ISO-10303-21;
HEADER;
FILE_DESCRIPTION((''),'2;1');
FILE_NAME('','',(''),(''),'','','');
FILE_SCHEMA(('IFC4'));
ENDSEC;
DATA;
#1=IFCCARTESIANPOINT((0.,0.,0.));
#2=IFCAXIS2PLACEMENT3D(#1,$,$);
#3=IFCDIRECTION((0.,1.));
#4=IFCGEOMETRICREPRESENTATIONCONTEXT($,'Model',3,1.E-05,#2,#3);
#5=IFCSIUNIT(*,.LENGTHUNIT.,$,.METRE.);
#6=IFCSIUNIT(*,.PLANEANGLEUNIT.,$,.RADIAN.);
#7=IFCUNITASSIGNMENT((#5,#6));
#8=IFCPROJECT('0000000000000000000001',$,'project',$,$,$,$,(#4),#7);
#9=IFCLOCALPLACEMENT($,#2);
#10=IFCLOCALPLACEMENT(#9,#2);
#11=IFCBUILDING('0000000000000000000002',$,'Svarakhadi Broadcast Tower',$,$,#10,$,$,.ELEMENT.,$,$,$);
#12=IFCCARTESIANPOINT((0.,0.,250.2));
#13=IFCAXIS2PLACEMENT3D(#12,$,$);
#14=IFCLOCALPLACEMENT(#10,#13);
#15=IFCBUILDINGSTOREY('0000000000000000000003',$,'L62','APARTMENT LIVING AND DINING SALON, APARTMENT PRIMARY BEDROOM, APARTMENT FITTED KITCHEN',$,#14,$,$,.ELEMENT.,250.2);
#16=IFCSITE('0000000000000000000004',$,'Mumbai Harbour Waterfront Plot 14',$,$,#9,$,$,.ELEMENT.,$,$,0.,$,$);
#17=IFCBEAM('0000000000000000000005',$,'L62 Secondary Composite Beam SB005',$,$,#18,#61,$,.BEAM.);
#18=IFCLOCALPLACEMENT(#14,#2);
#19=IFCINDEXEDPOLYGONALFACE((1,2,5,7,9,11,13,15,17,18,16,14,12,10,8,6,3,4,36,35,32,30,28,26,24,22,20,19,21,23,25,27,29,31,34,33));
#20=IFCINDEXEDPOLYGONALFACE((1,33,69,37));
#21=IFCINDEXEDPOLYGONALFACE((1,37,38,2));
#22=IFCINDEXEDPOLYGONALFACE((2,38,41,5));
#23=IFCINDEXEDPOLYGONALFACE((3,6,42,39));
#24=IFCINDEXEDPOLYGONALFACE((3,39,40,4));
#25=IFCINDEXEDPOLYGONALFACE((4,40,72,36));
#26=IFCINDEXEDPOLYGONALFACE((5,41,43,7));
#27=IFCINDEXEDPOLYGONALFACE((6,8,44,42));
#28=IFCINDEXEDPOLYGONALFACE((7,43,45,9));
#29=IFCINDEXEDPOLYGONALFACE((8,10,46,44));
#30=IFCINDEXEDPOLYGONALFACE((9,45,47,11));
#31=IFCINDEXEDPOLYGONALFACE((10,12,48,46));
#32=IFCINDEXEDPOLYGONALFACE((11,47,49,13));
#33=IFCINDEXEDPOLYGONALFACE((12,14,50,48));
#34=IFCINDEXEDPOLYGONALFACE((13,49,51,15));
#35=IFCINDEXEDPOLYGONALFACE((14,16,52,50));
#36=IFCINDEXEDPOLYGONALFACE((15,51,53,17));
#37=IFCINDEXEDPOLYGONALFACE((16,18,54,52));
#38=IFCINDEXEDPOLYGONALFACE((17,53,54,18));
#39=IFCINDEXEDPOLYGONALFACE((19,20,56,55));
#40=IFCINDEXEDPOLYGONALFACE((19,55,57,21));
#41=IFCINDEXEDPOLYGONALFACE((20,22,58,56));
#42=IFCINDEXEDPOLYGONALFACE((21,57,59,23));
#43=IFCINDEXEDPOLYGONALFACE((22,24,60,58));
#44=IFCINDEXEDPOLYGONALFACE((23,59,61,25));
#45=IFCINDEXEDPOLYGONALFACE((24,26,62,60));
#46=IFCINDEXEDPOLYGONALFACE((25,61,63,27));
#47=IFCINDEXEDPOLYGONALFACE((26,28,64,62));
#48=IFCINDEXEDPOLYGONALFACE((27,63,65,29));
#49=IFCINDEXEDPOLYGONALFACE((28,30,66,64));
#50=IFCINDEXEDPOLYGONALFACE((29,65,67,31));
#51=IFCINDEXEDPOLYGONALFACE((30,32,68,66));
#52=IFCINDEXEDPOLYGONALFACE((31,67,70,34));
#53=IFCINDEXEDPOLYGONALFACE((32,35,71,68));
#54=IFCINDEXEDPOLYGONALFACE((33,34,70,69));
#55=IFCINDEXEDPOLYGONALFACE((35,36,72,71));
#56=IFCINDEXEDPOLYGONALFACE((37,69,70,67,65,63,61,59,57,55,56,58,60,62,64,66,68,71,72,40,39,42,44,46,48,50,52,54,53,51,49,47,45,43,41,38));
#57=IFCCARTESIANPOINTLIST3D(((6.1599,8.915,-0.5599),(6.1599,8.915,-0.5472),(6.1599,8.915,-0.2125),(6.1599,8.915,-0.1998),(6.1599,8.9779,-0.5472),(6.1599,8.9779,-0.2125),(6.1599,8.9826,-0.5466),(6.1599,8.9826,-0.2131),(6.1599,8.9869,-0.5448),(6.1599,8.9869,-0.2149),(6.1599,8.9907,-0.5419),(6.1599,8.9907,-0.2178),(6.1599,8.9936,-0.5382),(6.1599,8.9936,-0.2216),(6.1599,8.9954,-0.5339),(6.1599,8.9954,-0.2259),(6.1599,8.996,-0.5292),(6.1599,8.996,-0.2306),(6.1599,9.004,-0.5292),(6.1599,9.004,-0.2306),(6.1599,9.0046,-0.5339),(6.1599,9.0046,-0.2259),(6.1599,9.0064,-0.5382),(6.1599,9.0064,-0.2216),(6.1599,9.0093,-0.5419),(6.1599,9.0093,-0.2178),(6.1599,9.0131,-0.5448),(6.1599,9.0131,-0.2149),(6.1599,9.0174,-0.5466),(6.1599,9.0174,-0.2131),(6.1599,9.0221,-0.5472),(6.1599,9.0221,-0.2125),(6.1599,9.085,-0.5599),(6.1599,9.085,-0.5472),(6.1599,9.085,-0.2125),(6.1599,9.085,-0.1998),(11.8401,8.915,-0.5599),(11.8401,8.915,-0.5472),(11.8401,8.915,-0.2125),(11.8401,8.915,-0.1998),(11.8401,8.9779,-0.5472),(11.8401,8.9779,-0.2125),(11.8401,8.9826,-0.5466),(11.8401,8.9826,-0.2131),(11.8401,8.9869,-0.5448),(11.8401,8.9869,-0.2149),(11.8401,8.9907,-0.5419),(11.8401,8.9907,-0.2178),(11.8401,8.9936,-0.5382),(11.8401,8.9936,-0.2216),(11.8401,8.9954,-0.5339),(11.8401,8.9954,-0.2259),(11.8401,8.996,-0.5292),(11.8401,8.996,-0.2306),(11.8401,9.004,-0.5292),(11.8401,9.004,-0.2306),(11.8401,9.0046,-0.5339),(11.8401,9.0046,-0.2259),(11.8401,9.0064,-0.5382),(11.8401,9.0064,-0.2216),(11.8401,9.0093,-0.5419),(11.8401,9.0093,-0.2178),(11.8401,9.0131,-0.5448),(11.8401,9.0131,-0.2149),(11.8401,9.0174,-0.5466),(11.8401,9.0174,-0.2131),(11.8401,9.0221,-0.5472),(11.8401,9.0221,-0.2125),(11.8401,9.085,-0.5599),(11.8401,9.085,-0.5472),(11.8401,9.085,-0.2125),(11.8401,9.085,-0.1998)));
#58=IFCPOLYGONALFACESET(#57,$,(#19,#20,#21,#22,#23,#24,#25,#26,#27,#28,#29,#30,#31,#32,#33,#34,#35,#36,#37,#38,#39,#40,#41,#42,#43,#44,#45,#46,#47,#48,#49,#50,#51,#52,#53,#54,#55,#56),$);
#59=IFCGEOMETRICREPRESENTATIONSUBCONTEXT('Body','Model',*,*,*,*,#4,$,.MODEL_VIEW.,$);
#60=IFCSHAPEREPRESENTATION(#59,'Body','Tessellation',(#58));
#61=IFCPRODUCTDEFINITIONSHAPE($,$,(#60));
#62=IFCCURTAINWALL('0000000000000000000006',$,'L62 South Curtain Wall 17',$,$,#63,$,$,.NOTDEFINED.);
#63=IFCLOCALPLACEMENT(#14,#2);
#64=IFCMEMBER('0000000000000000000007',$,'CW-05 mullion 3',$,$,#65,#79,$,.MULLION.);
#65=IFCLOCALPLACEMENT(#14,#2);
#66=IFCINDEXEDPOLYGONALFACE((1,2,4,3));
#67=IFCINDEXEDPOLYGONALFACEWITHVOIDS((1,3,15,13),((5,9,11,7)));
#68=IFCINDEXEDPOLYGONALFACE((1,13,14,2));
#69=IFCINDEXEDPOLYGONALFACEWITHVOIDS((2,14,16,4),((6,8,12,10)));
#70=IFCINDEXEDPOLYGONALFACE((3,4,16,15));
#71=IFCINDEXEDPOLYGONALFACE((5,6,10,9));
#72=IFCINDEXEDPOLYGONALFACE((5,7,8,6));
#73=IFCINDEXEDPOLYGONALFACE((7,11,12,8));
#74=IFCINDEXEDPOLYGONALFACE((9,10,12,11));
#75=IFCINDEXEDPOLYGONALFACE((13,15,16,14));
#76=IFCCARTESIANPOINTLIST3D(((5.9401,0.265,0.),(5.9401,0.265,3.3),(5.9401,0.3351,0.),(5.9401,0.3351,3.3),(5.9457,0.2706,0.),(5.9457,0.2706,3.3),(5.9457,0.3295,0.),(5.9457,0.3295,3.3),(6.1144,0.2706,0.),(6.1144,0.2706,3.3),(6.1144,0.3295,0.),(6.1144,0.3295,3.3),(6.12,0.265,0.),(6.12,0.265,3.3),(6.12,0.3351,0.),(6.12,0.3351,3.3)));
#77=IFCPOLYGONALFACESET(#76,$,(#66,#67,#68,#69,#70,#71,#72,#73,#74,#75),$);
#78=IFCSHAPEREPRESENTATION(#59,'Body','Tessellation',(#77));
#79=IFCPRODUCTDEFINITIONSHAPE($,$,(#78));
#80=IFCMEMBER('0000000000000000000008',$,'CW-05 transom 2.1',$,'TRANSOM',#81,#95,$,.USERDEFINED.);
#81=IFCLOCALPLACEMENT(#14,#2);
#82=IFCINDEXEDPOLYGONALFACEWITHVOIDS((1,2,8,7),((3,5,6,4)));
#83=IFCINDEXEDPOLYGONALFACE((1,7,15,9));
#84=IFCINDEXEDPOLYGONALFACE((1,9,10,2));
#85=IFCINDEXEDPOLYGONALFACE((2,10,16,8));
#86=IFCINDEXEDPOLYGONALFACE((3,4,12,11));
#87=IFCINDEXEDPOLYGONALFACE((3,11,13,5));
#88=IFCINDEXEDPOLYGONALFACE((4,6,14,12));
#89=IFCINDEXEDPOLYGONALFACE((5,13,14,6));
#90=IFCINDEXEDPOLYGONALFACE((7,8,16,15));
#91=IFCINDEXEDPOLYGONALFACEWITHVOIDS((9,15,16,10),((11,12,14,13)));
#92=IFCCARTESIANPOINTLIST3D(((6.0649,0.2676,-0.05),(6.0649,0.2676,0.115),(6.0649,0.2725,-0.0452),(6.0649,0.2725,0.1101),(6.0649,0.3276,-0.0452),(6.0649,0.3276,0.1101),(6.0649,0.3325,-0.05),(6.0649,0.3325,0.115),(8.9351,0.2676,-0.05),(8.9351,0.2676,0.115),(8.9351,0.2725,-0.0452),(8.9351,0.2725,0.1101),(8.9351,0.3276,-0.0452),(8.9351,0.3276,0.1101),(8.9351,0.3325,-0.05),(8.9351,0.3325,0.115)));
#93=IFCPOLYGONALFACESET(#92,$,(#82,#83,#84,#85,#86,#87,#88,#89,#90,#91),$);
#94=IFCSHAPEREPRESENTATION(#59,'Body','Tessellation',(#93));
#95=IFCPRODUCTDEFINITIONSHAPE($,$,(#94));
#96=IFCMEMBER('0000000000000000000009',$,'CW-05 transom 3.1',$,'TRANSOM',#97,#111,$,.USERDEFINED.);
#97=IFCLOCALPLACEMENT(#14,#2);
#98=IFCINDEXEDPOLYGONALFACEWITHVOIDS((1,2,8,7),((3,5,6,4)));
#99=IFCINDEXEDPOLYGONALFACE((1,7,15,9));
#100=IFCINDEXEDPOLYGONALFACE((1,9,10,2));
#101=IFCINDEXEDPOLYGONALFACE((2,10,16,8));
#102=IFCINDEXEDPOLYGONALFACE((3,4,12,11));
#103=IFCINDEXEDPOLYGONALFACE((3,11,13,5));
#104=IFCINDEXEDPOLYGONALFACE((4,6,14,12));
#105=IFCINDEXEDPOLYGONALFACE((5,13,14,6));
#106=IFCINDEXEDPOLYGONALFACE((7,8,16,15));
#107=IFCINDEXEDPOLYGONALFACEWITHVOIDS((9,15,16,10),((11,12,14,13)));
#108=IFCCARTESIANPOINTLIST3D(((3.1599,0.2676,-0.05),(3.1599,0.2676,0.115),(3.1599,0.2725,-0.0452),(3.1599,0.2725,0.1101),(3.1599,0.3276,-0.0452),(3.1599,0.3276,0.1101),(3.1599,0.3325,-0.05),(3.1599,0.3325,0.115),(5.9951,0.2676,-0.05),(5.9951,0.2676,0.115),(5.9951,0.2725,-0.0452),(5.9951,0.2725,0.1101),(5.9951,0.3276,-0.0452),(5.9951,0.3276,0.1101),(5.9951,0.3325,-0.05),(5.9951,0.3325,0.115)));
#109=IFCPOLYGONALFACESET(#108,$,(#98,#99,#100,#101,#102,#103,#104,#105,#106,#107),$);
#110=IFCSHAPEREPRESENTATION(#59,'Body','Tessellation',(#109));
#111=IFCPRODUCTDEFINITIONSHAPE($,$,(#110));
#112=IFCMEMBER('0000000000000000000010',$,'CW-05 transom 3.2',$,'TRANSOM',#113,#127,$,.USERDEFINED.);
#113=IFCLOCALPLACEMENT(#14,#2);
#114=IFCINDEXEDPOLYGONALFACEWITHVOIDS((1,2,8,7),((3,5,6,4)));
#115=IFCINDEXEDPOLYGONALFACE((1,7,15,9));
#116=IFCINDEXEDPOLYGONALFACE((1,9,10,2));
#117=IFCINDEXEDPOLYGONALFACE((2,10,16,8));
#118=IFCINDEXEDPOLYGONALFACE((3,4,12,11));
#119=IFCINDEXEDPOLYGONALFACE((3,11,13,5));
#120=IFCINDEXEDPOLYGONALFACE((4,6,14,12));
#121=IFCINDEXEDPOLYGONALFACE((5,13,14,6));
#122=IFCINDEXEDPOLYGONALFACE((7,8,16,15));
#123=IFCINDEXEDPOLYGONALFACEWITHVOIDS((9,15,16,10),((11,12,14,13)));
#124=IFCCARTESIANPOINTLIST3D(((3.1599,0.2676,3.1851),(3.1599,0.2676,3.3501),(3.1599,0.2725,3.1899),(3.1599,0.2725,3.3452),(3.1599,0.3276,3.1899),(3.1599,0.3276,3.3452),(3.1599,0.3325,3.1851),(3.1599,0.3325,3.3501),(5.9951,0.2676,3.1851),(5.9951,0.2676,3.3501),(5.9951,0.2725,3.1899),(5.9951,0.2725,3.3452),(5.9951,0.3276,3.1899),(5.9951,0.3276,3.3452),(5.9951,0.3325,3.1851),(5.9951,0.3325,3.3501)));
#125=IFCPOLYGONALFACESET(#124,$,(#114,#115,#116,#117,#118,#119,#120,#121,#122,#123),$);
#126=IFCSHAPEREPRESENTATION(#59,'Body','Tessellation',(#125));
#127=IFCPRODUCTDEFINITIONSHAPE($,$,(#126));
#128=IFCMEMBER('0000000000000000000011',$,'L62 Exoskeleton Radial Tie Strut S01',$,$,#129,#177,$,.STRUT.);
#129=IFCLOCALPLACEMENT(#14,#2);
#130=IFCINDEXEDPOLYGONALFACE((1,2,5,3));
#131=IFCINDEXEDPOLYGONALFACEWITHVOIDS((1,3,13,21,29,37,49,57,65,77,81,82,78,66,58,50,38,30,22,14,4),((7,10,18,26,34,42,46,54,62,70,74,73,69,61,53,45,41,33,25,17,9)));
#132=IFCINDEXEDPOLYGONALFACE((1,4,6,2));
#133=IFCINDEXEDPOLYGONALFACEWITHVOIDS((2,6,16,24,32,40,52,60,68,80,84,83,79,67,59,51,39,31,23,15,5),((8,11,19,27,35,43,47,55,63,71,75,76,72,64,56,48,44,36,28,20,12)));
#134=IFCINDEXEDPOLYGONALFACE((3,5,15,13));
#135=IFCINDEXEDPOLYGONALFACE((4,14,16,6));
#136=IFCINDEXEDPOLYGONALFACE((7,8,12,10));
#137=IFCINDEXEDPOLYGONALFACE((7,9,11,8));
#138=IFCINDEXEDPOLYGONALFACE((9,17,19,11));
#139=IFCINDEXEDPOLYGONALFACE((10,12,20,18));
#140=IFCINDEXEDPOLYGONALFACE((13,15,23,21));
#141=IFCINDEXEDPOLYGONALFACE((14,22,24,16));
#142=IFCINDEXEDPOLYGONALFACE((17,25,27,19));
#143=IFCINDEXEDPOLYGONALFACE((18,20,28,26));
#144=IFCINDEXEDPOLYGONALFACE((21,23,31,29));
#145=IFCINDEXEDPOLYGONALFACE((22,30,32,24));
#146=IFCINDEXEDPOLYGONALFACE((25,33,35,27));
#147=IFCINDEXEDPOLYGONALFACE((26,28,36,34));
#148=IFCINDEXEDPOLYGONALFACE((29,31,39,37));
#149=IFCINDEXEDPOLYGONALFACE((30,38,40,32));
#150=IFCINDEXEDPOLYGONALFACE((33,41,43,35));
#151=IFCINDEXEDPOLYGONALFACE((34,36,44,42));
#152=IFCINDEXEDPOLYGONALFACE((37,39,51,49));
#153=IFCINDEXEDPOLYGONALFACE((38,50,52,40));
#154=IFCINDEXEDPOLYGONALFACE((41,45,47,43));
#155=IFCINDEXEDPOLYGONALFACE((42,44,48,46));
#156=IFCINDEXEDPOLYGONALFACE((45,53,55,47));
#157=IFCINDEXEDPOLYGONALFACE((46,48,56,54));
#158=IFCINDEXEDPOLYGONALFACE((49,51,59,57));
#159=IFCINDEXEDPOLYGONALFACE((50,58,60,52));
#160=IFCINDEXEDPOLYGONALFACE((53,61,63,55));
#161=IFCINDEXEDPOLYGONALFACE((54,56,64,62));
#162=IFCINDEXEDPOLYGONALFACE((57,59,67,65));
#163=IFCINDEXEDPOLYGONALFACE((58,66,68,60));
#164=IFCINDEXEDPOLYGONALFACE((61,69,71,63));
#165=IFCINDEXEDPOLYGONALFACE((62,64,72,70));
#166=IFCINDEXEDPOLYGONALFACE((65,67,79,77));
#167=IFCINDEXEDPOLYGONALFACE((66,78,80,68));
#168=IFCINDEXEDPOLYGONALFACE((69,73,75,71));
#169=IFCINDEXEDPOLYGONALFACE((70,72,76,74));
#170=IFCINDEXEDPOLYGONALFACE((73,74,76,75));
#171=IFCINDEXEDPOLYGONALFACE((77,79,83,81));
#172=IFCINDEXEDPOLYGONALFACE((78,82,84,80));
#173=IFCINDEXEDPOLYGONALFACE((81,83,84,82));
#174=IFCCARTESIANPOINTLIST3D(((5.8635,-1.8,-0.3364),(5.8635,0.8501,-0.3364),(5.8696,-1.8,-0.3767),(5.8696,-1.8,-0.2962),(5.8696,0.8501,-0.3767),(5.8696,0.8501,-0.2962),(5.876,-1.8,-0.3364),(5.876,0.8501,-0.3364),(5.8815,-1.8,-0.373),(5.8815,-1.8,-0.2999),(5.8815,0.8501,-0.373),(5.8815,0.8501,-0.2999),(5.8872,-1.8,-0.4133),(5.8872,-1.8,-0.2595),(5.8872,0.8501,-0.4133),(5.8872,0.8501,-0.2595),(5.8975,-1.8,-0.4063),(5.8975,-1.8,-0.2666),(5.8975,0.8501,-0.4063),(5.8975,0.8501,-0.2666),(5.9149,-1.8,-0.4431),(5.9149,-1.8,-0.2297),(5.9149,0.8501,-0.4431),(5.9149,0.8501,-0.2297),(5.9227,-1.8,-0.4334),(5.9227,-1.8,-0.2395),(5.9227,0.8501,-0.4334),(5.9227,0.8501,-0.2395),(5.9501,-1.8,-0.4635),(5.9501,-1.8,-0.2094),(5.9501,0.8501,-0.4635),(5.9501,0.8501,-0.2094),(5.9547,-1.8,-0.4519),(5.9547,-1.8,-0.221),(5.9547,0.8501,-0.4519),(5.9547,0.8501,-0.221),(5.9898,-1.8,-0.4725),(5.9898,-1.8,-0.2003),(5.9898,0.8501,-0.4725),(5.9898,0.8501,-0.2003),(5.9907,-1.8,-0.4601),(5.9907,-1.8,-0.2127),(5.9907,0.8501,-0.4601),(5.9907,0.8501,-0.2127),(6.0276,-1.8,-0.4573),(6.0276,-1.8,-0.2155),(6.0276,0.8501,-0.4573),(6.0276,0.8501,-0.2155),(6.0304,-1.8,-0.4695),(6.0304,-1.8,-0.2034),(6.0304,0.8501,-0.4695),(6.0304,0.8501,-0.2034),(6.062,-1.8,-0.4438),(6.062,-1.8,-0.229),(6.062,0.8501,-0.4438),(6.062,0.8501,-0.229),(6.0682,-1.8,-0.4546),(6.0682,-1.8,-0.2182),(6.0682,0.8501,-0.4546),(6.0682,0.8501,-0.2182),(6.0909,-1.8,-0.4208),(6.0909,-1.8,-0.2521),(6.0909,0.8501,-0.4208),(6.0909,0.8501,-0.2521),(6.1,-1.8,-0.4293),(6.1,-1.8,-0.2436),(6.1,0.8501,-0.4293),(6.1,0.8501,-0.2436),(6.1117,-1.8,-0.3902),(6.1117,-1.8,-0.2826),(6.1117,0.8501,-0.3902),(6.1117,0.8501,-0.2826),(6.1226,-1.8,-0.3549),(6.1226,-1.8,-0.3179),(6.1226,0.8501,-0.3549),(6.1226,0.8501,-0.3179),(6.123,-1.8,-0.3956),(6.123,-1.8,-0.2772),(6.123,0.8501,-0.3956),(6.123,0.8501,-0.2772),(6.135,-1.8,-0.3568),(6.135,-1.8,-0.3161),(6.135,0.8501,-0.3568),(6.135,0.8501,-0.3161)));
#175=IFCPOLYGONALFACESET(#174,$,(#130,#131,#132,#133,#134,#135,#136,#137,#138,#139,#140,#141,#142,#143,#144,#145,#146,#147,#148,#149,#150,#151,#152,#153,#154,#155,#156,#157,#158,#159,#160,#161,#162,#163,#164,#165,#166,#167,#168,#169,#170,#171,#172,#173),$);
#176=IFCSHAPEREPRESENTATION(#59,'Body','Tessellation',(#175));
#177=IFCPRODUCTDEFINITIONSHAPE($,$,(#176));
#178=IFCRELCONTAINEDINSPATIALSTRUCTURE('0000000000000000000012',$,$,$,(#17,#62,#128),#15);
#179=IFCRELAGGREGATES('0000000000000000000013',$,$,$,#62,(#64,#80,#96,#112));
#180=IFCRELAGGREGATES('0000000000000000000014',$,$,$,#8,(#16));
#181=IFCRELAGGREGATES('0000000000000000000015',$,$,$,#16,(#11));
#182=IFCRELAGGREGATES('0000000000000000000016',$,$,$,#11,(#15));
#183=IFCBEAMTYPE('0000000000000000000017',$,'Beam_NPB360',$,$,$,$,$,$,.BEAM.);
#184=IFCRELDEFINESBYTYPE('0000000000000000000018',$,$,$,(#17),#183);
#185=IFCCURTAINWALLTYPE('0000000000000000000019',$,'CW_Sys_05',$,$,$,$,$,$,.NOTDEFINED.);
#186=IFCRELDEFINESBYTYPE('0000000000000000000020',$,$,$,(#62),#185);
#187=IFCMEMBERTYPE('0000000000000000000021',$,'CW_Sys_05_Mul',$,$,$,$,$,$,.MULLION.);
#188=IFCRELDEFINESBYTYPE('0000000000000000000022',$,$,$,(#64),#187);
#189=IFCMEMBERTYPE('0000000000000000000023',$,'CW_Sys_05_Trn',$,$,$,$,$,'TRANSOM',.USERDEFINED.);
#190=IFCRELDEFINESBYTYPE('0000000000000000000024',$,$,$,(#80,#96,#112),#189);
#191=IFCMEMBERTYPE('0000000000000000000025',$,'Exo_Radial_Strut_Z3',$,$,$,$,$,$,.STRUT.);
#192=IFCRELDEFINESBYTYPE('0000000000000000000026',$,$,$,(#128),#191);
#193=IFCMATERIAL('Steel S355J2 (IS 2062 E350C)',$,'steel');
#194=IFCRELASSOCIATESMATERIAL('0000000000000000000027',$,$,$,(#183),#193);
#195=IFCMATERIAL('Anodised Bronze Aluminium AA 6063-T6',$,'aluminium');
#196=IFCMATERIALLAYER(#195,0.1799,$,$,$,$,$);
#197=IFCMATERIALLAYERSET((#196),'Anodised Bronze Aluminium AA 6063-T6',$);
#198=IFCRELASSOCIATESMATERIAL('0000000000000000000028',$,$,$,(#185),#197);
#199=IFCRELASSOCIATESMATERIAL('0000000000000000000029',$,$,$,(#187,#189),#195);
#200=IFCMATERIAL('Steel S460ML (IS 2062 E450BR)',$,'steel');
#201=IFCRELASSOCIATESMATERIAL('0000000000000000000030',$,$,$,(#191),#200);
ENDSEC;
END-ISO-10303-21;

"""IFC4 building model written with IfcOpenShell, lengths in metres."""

from ifc_helpers import new_model, si_unit, direction, frame, origin, origin_2d, place, context, subcontext, project, spatial, hollow_rectangle, hollow_circle, i_section, extrude, material, layer, layer_set, material_profile, profile_set, type_object, element, aggregate, save


model = new_model("IFC4")

# Units and contexts
model_context = context("Model", 3, precision=1e-05, world=origin(), true_north=direction((0.0, 1.0)))
body_context = subcontext(model_context, "Body", "Model", "MODEL_VIEW")
ifc_project = project(units=[si_unit("LENGTHUNIT", "METRE"), si_unit("PLANEANGLEUNIT", "RADIAN")], contexts=[model_context])

# Site, building, storey
site_placement = place(None, origin())
site = spatial("IfcSite", under=ifc_project, at=site_placement, Name="Mumbai Harbour Waterfront Plot 14", CompositionType="ELEMENT", RefElevation=0.0)
building_placement = place(site_placement, origin())
building = spatial("IfcBuilding", under=site, at=building_placement, Name="Svarakhadi Broadcast Tower", CompositionType="ELEMENT")
storey_placement = place(building_placement, frame((0.0, 0.0, 250.2)))
storey = spatial("IfcBuildingStorey", under=building, at=storey_placement, Name="L62", Description="APARTMENT LIVING AND DINING SALON, APARTMENT PRIMARY BEDROOM, APARTMENT FITTED KITCHEN", CompositionType="ELEMENT", Elevation=250.2)

# Shared definitions
ifc_material_1 = material(Name="Steel S460ML (IS 2062 E450BR)", Category="steel")

# Beam
ifc_material_2 = material(Name="Steel S355J2 (IS 2062 E350C)", Category="steel")
ifc_material_profile_1 = material_profile(ifc_material_2, i_section(OverallWidth=0.1699, OverallDepth=0.3601, WebThickness=0.0081, FlangeThickness=0.0127, FilletRadius=0.0181, at=origin_2d()), Name="NPB 360x170x57")
ifc_profile_set_1 = profile_set([ifc_material_profile_1], Name="Steel S355J2 (IS 2062 E350C)")
beam_type_1 = type_object("IfcBeamType", Name="Beam_NPB360", PredefinedType="BEAM", material=ifc_profile_set_1)
for number, where, z_axis, x_axis, name in (
    (1, (6.1599, 9.0, -0.3799), (1.0, 0.0, 0.0), (0.0, 1.0, 0.0), "L62 Secondary Composite Beam SB005"),
):
    element("IfcBeam", number, at=place(storey_placement, frame(where, z_axis=z_axis, x_axis=x_axis)), inside=storey, type_object=beam_type_1, Name=name, PredefinedType="BEAM", context=body_context, shape_type="SweptSolid", body=[
        extrude(i_section(OverallWidth=0.1699, OverallDepth=0.3601, WebThickness=0.0081, FlangeThickness=0.0127, FilletRadius=0.0181, at=origin_2d()), origin(), (0.0, 0.0, 1.0), 5.6802),
    ])

# Curtain wall, members
ifc_material_3 = material(Name="Anodised Bronze Aluminium AA 6063-T6", Category="aluminium")
ifc_layer_1 = layer(ifc_material_3, 0.1799)
ifc_layer_set_1 = layer_set([ifc_layer_1], Name="Anodised Bronze Aluminium AA 6063-T6")
curtain_wall_type = type_object("IfcCurtainWallType", Name="CW_Sys_05", PredefinedType="NOTDEFINED", material=ifc_layer_set_1)
curtain_wall_placement = place(storey_placement, origin())
curtain_wall = element("IfcCurtainWall", 2, at=curtain_wall_placement, inside=storey, type_object=curtain_wall_type, Name="L62 South Curtain Wall 17", PredefinedType="NOTDEFINED")
ifc_material_profile_2 = material_profile(ifc_material_3, hollow_rectangle(XDim=0.0701, YDim=0.1799, WallThickness=0.0056, at=origin_2d()), Name="ALU MULLION 180x70x6")
ifc_profile_set_2 = profile_set([ifc_material_profile_2], Name="Anodised Bronze Aluminium AA 6063-T6")
member_type_1 = type_object("IfcMemberType", Name="CW_Sys_05_Mul", PredefinedType="MULLION", material=ifc_profile_set_2)
member_1_placement = place(storey_placement, frame((6.03, 0.3, 0.0), z_axis=(0.0, 0.0, 1.0), x_axis=(0.0, -1.0, 0.0)))
member_1 = element("IfcMember", 3, at=member_1_placement, type_object=member_type_1, Name="CW-05 mullion 3", PredefinedType="MULLION", context=body_context, shape_type="SweptSolid", body=[
    extrude(hollow_rectangle(XDim=0.0701, YDim=0.1799, WallThickness=0.0056, at=origin_2d()), origin(), (0.0, 0.0, 1.0), 3.3),
])
ifc_material_profile_3 = material_profile(ifc_material_3, hollow_rectangle(XDim=0.0649, YDim=0.165, WallThickness=0.0049, at=origin_2d()), Name="ALU TRANSOM 165x65x5")
ifc_profile_set_3 = profile_set([ifc_material_profile_3], Name="Anodised Bronze Aluminium AA 6063-T6")
member_type_2 = type_object("IfcMemberType", Name="CW_Sys_05_Trn", ElementType="TRANSOM", PredefinedType="USERDEFINED", material=ifc_profile_set_3)
member_2_placement = place(storey_placement, frame((8.9351, 0.3, 0.0325), z_axis=(-1.0, 0.0, 0.0), x_axis=(0.0, -1.0, 0.0)))
member_2 = element("IfcMember", 4, at=member_2_placement, type_object=member_type_2, Name="CW-05 transom 2.1", ObjectType="TRANSOM", PredefinedType="USERDEFINED", context=body_context, shape_type="SweptSolid", body=[
    extrude(hollow_rectangle(XDim=0.0649, YDim=0.165, WallThickness=0.0049, at=origin_2d()), origin(), (0.0, 0.0, 1.0), 2.8701),
])
member_3_placement = place(storey_placement, frame((5.9951, 0.3, 0.0325), z_axis=(-1.0, 0.0, 0.0), x_axis=(0.0, -1.0, 0.0)))
member_3 = element("IfcMember", 5, at=member_3_placement, type_object=member_type_2, Name="CW-05 transom 3.1", ObjectType="TRANSOM", PredefinedType="USERDEFINED", context=body_context, shape_type="SweptSolid", body=[
    extrude(hollow_rectangle(XDim=0.0649, YDim=0.165, WallThickness=0.0049, at=origin_2d()), origin(), (0.0, 0.0, 1.0), 2.8352),
])
member_4_placement = place(storey_placement, frame((5.9951, 0.3, 3.2676), z_axis=(-1.0, 0.0, 0.0), x_axis=(0.0, -1.0, 0.0)))
member_4 = element("IfcMember", 6, at=member_4_placement, type_object=member_type_2, Name="CW-05 transom 3.2", ObjectType="TRANSOM", PredefinedType="USERDEFINED", context=body_context, shape_type="SweptSolid", body=[
    extrude(hollow_rectangle(XDim=0.0649, YDim=0.165, WallThickness=0.0049, at=origin_2d()), origin(), (0.0, 0.0, 1.0), 2.8352),
])

# Member
ifc_material_profile_4 = material_profile(ifc_material_1, hollow_circle(Radius=0.1365, WallThickness=0.0125, at=origin_2d()), Name="CHS 273x12.5")
ifc_profile_set_4 = profile_set([ifc_material_profile_4], Name="Steel S460ML (IS 2062 E450BR)")
member_type_3 = type_object("IfcMemberType", Name="Exo_Radial_Strut_Z3", PredefinedType="STRUT", material=ifc_profile_set_4)
member_5_placement = place(storey_placement, frame((6.0, -1.8, -0.3364), z_axis=(0.0, 1.0, 0.0), x_axis=(-1.0, 0.0, 0.0)))
element("IfcMember", 7, at=member_5_placement, inside=storey, type_object=member_type_3, Name="L62 Exoskeleton Radial Tie Strut S01", PredefinedType="STRUT", context=body_context, shape_type="SweptSolid", body=[
    extrude(hollow_circle(Radius=0.1365, WallThickness=0.0125, at=origin_2d()), origin(), (0.0, 0.0, 1.0), 2.6501),
])

aggregate(curtain_wall, [member_1, member_2, member_3, member_4])

save(model, "model.ifc")
